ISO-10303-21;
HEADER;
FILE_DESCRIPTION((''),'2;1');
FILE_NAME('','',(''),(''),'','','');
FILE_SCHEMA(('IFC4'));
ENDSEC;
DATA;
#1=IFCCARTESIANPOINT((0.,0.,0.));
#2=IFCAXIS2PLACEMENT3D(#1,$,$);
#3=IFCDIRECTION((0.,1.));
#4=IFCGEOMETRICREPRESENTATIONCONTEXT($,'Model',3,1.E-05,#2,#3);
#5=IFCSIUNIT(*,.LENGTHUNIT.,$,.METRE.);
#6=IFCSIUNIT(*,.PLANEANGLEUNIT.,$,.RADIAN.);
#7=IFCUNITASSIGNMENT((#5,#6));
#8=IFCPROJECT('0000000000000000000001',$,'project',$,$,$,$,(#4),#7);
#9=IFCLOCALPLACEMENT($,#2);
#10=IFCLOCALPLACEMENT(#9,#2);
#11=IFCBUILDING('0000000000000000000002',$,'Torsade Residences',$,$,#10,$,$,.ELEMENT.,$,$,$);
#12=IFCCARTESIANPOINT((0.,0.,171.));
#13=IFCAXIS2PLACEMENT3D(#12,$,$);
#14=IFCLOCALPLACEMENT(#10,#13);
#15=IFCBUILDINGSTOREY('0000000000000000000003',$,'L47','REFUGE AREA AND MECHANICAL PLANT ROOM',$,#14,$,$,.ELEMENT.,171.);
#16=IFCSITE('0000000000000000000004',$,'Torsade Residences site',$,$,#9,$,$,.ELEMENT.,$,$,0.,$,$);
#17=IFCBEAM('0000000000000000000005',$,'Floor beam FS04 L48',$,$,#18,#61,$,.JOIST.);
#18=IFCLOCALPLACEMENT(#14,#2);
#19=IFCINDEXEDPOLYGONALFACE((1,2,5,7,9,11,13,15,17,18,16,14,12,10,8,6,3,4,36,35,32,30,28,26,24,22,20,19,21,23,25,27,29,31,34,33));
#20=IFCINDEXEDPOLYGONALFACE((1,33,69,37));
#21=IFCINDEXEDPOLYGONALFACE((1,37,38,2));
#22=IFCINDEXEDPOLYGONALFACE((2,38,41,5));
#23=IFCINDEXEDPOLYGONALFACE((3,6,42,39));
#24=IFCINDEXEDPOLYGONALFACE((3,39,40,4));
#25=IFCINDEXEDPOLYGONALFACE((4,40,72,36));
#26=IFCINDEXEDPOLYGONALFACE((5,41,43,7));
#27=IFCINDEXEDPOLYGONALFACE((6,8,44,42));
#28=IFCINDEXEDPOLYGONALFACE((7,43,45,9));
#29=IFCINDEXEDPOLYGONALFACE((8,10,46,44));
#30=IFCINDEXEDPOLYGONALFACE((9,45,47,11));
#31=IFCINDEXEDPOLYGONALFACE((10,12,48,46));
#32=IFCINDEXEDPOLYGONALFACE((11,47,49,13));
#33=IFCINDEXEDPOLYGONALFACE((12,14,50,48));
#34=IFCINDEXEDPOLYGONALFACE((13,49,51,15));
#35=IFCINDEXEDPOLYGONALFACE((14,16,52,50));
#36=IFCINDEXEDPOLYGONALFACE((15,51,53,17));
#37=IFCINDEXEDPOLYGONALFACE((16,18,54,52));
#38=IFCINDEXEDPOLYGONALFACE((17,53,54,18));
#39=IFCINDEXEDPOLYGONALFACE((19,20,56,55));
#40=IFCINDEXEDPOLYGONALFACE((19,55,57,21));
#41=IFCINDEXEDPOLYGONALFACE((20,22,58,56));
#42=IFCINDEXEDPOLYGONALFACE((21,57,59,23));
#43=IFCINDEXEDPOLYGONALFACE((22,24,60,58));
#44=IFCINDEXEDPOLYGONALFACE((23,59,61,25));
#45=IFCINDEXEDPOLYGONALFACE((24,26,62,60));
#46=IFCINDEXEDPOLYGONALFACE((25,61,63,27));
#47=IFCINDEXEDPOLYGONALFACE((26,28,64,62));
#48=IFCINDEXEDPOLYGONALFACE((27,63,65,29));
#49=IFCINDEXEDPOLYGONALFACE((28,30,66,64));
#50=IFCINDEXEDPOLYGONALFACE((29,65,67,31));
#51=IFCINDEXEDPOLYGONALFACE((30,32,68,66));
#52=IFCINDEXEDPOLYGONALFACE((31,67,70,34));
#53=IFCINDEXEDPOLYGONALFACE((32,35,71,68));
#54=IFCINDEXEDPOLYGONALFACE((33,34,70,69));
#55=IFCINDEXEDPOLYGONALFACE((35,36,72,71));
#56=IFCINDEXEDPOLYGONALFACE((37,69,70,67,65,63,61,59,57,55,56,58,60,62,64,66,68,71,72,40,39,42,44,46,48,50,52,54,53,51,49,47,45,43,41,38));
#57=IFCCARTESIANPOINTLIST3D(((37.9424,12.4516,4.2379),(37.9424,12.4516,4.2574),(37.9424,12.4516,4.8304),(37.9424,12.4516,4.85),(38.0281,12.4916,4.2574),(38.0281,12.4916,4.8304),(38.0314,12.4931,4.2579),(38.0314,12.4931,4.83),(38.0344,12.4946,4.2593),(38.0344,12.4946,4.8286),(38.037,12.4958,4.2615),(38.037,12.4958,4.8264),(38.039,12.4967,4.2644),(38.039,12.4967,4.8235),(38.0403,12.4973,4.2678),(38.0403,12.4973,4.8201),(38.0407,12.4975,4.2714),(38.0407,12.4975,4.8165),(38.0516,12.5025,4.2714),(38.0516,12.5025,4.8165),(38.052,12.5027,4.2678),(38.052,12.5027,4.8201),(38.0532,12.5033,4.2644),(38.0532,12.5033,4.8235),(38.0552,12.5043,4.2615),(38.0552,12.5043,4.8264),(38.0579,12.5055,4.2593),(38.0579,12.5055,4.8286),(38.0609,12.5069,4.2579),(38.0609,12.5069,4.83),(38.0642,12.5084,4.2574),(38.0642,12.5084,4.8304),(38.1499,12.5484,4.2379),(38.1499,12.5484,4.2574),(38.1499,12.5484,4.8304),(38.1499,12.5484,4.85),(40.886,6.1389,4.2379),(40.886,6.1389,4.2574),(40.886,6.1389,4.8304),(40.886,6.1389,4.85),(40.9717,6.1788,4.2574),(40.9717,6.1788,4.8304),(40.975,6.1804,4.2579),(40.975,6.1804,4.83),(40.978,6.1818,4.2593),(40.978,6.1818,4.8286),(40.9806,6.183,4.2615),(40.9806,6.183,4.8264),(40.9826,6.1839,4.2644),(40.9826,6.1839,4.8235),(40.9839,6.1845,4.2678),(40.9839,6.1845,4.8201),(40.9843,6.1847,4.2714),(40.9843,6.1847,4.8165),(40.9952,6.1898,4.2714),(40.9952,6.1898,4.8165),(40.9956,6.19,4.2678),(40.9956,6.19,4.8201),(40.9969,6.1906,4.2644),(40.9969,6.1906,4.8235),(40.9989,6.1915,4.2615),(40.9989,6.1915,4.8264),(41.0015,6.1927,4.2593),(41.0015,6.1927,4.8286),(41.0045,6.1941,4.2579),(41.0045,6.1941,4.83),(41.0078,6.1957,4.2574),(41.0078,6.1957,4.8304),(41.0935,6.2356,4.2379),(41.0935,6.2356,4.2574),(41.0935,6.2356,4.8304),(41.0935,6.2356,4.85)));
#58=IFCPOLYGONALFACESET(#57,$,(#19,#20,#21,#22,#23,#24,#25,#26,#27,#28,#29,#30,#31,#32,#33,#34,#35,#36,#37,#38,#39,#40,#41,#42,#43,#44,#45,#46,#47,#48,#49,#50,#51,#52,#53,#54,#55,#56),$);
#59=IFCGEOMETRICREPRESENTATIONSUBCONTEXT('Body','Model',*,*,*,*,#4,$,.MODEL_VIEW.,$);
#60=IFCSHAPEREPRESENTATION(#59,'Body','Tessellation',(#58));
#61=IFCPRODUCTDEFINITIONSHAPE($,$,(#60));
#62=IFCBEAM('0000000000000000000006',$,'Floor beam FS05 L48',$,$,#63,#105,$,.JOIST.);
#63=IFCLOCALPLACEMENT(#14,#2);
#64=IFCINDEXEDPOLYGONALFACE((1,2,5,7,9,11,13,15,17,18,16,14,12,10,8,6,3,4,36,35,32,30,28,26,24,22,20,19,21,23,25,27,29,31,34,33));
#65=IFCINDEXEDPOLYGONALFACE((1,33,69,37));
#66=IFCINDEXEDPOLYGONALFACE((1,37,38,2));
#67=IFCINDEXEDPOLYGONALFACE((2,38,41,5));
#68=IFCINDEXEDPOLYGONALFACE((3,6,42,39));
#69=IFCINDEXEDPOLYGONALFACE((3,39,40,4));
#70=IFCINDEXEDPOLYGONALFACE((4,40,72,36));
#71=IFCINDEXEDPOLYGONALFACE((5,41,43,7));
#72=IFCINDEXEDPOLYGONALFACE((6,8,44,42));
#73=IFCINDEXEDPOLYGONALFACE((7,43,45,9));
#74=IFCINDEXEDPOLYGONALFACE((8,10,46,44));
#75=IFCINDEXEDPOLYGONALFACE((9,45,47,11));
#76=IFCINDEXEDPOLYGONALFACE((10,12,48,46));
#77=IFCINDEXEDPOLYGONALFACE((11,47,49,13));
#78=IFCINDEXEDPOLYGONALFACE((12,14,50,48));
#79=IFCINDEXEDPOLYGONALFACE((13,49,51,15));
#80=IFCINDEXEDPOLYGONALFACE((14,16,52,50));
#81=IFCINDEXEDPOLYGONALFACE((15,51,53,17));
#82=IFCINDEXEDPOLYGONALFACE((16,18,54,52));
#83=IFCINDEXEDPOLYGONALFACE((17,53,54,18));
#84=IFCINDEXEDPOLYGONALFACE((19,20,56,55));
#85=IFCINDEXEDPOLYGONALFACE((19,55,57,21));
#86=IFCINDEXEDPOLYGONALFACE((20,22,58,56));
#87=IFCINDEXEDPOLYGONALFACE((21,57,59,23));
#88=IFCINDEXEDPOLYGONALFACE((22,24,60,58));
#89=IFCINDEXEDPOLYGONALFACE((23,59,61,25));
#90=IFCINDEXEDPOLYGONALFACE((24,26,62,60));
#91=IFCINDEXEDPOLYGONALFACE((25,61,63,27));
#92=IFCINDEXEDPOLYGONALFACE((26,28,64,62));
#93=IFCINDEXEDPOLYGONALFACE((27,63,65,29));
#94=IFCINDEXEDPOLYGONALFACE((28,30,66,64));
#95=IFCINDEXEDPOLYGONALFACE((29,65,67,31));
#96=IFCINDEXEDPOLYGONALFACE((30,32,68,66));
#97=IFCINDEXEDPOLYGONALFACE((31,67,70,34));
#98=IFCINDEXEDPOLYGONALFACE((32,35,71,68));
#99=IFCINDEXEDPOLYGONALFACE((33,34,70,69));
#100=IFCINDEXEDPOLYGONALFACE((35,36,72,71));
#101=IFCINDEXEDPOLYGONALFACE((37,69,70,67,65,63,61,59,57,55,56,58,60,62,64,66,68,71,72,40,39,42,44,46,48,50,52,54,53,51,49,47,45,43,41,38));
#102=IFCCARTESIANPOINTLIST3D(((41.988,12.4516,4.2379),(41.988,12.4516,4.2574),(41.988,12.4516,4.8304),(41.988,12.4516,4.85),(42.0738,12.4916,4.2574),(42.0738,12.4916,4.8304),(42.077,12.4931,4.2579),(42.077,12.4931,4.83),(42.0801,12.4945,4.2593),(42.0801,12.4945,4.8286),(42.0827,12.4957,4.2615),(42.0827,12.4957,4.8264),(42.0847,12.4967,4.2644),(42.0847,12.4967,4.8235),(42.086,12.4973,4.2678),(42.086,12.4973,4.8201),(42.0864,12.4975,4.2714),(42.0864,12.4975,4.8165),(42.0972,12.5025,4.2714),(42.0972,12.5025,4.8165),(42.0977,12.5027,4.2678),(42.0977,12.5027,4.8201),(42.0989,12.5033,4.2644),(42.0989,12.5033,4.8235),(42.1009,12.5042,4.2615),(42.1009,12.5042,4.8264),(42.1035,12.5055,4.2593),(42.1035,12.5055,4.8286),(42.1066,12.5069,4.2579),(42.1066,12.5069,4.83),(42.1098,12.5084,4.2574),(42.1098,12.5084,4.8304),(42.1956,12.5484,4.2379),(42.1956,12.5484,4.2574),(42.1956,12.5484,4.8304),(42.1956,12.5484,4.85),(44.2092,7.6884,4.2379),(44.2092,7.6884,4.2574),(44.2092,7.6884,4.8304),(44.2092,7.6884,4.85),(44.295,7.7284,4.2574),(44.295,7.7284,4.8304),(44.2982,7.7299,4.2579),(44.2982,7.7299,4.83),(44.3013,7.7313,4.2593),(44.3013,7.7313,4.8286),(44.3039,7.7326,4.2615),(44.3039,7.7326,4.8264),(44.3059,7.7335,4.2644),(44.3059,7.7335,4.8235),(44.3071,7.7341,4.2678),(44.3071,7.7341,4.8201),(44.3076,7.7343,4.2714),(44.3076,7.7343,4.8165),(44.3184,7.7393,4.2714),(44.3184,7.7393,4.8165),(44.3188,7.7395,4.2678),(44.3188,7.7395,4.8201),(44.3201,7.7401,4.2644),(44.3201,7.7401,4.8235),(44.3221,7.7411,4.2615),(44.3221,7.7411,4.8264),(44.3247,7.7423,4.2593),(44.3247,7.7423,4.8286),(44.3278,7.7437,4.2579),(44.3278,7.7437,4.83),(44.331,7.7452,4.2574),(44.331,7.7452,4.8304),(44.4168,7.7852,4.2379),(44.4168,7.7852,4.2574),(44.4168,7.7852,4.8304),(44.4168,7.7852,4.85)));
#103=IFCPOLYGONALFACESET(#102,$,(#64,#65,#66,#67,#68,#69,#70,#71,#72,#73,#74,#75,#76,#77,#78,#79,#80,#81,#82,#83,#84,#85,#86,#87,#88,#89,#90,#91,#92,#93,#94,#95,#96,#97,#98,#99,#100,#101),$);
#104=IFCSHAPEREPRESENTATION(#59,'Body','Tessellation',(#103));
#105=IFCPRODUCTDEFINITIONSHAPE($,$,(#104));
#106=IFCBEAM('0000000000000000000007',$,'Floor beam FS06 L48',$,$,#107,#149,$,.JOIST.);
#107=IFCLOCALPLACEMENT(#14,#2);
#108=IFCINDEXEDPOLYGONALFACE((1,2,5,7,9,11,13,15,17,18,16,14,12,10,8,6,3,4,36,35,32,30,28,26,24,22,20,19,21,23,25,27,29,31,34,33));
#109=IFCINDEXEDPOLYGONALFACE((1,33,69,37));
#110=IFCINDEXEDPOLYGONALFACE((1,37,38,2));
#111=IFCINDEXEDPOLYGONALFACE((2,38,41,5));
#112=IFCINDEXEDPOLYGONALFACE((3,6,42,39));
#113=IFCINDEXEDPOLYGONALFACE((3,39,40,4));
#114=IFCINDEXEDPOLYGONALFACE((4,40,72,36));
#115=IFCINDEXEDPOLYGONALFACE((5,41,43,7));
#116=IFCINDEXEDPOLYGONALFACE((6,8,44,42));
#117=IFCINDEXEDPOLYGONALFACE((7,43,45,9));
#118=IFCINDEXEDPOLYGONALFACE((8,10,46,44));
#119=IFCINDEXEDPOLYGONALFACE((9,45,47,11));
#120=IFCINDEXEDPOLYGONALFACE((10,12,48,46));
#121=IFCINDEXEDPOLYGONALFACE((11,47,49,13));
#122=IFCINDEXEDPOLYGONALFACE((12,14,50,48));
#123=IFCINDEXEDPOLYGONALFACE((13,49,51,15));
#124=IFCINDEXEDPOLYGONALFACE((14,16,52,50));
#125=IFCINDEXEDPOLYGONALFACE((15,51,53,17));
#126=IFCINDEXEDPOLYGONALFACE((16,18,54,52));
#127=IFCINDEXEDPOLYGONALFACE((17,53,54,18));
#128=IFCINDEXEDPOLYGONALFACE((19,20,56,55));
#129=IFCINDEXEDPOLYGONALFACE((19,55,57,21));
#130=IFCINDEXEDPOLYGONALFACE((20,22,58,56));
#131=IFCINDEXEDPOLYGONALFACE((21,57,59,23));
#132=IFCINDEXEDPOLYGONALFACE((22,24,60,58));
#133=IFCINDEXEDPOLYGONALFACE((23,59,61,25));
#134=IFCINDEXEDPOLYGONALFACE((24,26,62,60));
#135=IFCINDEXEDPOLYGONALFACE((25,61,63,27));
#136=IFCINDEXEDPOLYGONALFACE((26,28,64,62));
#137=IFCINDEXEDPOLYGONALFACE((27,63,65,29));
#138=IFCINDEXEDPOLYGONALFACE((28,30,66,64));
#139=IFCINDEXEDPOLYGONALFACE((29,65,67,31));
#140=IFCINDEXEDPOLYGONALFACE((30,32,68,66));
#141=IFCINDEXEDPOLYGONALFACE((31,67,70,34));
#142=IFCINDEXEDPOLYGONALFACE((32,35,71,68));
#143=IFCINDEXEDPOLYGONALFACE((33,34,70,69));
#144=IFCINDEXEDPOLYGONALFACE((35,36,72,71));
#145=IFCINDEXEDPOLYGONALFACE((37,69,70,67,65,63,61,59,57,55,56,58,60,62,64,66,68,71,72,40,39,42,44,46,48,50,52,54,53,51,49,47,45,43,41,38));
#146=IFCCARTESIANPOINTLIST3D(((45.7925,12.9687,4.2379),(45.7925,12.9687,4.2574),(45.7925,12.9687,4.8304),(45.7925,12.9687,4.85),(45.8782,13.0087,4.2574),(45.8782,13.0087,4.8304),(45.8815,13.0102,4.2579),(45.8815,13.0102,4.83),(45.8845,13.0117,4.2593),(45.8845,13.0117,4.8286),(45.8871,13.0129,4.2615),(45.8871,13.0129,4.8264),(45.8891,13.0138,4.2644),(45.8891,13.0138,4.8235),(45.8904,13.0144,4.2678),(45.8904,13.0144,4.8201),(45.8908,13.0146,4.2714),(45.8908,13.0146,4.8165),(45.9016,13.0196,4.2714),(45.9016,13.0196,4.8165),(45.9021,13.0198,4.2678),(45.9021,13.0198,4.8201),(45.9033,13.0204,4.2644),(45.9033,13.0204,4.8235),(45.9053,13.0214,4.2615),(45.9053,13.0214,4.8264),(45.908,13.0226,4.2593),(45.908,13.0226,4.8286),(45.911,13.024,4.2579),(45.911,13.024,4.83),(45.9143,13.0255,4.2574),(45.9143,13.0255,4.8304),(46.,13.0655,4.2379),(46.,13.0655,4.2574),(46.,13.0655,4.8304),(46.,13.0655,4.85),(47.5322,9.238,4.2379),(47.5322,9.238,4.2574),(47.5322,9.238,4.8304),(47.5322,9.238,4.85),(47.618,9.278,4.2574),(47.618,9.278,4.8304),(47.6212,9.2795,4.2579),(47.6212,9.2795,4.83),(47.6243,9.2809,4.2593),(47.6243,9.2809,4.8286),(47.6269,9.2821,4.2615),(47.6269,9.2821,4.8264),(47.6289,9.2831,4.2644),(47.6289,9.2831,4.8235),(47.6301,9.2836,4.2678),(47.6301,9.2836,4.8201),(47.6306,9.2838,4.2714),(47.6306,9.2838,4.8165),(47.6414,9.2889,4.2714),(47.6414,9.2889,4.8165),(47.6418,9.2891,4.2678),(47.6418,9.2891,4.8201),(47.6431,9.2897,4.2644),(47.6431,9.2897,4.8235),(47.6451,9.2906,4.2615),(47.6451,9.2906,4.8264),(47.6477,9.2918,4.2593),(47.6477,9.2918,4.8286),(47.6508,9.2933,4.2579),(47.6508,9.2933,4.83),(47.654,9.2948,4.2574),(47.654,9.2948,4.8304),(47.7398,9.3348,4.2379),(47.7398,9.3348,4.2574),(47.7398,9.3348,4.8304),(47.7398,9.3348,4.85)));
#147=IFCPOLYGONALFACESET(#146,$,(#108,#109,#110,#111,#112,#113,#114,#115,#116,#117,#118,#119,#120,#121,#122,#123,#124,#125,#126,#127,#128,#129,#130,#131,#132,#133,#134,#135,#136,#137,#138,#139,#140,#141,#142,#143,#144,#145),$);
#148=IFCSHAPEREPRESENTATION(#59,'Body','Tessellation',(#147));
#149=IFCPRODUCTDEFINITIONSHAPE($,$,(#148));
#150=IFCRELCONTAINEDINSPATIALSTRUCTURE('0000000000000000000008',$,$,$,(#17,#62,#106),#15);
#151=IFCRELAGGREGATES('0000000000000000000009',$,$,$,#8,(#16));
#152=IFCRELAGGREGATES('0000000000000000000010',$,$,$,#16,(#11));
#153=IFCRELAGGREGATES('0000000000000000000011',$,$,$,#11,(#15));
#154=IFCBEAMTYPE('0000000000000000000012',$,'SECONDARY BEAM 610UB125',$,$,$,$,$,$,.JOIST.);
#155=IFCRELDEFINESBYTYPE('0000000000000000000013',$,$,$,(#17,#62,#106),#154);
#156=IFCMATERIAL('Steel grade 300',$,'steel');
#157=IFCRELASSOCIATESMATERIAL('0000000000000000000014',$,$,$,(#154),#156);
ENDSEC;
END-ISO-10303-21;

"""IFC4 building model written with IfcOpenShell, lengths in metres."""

from ifc_helpers import new_model, si_unit, direction, frame, origin, origin_2d, place, context, subcontext, project, spatial, i_section, extrude, material, material_profile, profile_set, type_object, element, save


model = new_model("IFC4")

# Units and contexts
model_context = context("Model", 3, precision=1e-05, world=origin(), true_north=direction((0.0, 1.0)))
body_context = subcontext(model_context, "Body", "Model", "MODEL_VIEW")
ifc_project = project(units=[si_unit("LENGTHUNIT", "METRE"), si_unit("PLANEANGLEUNIT", "RADIAN")], contexts=[model_context])

# Site, building, storey
site_placement = place(None, origin())
site = spatial("IfcSite", under=ifc_project, at=site_placement, Name="Torsade Residences site", CompositionType="ELEMENT", RefElevation=0.0)
building_placement = place(site_placement, origin())
building = spatial("IfcBuilding", under=site, at=building_placement, Name="Torsade Residences", CompositionType="ELEMENT")
storey_placement = place(building_placement, frame((0.0, 0.0, 171.0)))
storey = spatial("IfcBuildingStorey", under=building, at=storey_placement, Name="L47", Description="REFUGE AREA AND MECHANICAL PLANT ROOM", CompositionType="ELEMENT", Elevation=171.0)

# Beams
ifc_material_1 = material(Name="Steel grade 300", Category="steel")
ifc_material_profile_1 = material_profile(ifc_material_1, i_section(OverallWidth=0.229, OverallDepth=0.6121, WebThickness=0.012, FlangeThickness=0.0195, FilletRadius=0.0139, at=origin_2d()), Name="610UB125")
ifc_profile_set_1 = profile_set([ifc_material_profile_1], Name="Steel grade 300")
beam_type_1 = type_object("IfcBeamType", Name="SECONDARY BEAM 610UB125", PredefinedType="JOIST", material=ifc_profile_set_1)
beam_1_placement = place(storey_placement, frame((40.9897, 6.1873, 4.5439), z_axis=(-0.422609, 0.906312, 0.0), x_axis=(-0.906312, -0.422609, 0.0)))
element("IfcBeam", 1, at=beam_1_placement, inside=storey, type_object=beam_type_1, Name="Floor beam FS04 L48", PredefinedType="JOIST", context=body_context, shape_type="SweptSolid", body=[
    extrude(i_section(OverallWidth=0.229, OverallDepth=0.6121, WebThickness=0.012, FlangeThickness=0.0195, FilletRadius=0.0139, at=origin_2d()), origin(), (0.0, 0.0, 1.0), 6.9653),
])
beam_2_placement = place(storey_placement, frame((44.313, 7.7368, 4.5439), z_axis=(-0.422631, 0.906302, 0.0), x_axis=(-0.906302, -0.422631, 0.0)))
element("IfcBeam", 2, at=beam_2_placement, inside=storey, type_object=beam_type_1, Name="Floor beam FS05 L48", PredefinedType="JOIST", context=body_context, shape_type="SweptSolid", body=[
    extrude(i_section(OverallWidth=0.229, OverallDepth=0.6121, WebThickness=0.012, FlangeThickness=0.0195, FilletRadius=0.0139, at=origin_2d()), origin(), (0.0, 0.0, 1.0), 5.2556),
])
beam_3_placement = place(storey_placement, frame((47.636, 9.2864, 4.5439), z_axis=(-0.422635, 0.9063, 0.0), x_axis=(-0.9063, -0.422635, 0.0)))
element("IfcBeam", 3, at=beam_3_placement, inside=storey, type_object=beam_type_1, Name="Floor beam FS06 L48", PredefinedType="JOIST", context=body_context, shape_type="SweptSolid", body=[
    extrude(i_section(OverallWidth=0.229, OverallDepth=0.6121, WebThickness=0.012, FlangeThickness=0.0195, FilletRadius=0.0139, at=origin_2d()), origin(), (0.0, 0.0, 1.0), 4.1165),
])

save(model, "model.ifc")
